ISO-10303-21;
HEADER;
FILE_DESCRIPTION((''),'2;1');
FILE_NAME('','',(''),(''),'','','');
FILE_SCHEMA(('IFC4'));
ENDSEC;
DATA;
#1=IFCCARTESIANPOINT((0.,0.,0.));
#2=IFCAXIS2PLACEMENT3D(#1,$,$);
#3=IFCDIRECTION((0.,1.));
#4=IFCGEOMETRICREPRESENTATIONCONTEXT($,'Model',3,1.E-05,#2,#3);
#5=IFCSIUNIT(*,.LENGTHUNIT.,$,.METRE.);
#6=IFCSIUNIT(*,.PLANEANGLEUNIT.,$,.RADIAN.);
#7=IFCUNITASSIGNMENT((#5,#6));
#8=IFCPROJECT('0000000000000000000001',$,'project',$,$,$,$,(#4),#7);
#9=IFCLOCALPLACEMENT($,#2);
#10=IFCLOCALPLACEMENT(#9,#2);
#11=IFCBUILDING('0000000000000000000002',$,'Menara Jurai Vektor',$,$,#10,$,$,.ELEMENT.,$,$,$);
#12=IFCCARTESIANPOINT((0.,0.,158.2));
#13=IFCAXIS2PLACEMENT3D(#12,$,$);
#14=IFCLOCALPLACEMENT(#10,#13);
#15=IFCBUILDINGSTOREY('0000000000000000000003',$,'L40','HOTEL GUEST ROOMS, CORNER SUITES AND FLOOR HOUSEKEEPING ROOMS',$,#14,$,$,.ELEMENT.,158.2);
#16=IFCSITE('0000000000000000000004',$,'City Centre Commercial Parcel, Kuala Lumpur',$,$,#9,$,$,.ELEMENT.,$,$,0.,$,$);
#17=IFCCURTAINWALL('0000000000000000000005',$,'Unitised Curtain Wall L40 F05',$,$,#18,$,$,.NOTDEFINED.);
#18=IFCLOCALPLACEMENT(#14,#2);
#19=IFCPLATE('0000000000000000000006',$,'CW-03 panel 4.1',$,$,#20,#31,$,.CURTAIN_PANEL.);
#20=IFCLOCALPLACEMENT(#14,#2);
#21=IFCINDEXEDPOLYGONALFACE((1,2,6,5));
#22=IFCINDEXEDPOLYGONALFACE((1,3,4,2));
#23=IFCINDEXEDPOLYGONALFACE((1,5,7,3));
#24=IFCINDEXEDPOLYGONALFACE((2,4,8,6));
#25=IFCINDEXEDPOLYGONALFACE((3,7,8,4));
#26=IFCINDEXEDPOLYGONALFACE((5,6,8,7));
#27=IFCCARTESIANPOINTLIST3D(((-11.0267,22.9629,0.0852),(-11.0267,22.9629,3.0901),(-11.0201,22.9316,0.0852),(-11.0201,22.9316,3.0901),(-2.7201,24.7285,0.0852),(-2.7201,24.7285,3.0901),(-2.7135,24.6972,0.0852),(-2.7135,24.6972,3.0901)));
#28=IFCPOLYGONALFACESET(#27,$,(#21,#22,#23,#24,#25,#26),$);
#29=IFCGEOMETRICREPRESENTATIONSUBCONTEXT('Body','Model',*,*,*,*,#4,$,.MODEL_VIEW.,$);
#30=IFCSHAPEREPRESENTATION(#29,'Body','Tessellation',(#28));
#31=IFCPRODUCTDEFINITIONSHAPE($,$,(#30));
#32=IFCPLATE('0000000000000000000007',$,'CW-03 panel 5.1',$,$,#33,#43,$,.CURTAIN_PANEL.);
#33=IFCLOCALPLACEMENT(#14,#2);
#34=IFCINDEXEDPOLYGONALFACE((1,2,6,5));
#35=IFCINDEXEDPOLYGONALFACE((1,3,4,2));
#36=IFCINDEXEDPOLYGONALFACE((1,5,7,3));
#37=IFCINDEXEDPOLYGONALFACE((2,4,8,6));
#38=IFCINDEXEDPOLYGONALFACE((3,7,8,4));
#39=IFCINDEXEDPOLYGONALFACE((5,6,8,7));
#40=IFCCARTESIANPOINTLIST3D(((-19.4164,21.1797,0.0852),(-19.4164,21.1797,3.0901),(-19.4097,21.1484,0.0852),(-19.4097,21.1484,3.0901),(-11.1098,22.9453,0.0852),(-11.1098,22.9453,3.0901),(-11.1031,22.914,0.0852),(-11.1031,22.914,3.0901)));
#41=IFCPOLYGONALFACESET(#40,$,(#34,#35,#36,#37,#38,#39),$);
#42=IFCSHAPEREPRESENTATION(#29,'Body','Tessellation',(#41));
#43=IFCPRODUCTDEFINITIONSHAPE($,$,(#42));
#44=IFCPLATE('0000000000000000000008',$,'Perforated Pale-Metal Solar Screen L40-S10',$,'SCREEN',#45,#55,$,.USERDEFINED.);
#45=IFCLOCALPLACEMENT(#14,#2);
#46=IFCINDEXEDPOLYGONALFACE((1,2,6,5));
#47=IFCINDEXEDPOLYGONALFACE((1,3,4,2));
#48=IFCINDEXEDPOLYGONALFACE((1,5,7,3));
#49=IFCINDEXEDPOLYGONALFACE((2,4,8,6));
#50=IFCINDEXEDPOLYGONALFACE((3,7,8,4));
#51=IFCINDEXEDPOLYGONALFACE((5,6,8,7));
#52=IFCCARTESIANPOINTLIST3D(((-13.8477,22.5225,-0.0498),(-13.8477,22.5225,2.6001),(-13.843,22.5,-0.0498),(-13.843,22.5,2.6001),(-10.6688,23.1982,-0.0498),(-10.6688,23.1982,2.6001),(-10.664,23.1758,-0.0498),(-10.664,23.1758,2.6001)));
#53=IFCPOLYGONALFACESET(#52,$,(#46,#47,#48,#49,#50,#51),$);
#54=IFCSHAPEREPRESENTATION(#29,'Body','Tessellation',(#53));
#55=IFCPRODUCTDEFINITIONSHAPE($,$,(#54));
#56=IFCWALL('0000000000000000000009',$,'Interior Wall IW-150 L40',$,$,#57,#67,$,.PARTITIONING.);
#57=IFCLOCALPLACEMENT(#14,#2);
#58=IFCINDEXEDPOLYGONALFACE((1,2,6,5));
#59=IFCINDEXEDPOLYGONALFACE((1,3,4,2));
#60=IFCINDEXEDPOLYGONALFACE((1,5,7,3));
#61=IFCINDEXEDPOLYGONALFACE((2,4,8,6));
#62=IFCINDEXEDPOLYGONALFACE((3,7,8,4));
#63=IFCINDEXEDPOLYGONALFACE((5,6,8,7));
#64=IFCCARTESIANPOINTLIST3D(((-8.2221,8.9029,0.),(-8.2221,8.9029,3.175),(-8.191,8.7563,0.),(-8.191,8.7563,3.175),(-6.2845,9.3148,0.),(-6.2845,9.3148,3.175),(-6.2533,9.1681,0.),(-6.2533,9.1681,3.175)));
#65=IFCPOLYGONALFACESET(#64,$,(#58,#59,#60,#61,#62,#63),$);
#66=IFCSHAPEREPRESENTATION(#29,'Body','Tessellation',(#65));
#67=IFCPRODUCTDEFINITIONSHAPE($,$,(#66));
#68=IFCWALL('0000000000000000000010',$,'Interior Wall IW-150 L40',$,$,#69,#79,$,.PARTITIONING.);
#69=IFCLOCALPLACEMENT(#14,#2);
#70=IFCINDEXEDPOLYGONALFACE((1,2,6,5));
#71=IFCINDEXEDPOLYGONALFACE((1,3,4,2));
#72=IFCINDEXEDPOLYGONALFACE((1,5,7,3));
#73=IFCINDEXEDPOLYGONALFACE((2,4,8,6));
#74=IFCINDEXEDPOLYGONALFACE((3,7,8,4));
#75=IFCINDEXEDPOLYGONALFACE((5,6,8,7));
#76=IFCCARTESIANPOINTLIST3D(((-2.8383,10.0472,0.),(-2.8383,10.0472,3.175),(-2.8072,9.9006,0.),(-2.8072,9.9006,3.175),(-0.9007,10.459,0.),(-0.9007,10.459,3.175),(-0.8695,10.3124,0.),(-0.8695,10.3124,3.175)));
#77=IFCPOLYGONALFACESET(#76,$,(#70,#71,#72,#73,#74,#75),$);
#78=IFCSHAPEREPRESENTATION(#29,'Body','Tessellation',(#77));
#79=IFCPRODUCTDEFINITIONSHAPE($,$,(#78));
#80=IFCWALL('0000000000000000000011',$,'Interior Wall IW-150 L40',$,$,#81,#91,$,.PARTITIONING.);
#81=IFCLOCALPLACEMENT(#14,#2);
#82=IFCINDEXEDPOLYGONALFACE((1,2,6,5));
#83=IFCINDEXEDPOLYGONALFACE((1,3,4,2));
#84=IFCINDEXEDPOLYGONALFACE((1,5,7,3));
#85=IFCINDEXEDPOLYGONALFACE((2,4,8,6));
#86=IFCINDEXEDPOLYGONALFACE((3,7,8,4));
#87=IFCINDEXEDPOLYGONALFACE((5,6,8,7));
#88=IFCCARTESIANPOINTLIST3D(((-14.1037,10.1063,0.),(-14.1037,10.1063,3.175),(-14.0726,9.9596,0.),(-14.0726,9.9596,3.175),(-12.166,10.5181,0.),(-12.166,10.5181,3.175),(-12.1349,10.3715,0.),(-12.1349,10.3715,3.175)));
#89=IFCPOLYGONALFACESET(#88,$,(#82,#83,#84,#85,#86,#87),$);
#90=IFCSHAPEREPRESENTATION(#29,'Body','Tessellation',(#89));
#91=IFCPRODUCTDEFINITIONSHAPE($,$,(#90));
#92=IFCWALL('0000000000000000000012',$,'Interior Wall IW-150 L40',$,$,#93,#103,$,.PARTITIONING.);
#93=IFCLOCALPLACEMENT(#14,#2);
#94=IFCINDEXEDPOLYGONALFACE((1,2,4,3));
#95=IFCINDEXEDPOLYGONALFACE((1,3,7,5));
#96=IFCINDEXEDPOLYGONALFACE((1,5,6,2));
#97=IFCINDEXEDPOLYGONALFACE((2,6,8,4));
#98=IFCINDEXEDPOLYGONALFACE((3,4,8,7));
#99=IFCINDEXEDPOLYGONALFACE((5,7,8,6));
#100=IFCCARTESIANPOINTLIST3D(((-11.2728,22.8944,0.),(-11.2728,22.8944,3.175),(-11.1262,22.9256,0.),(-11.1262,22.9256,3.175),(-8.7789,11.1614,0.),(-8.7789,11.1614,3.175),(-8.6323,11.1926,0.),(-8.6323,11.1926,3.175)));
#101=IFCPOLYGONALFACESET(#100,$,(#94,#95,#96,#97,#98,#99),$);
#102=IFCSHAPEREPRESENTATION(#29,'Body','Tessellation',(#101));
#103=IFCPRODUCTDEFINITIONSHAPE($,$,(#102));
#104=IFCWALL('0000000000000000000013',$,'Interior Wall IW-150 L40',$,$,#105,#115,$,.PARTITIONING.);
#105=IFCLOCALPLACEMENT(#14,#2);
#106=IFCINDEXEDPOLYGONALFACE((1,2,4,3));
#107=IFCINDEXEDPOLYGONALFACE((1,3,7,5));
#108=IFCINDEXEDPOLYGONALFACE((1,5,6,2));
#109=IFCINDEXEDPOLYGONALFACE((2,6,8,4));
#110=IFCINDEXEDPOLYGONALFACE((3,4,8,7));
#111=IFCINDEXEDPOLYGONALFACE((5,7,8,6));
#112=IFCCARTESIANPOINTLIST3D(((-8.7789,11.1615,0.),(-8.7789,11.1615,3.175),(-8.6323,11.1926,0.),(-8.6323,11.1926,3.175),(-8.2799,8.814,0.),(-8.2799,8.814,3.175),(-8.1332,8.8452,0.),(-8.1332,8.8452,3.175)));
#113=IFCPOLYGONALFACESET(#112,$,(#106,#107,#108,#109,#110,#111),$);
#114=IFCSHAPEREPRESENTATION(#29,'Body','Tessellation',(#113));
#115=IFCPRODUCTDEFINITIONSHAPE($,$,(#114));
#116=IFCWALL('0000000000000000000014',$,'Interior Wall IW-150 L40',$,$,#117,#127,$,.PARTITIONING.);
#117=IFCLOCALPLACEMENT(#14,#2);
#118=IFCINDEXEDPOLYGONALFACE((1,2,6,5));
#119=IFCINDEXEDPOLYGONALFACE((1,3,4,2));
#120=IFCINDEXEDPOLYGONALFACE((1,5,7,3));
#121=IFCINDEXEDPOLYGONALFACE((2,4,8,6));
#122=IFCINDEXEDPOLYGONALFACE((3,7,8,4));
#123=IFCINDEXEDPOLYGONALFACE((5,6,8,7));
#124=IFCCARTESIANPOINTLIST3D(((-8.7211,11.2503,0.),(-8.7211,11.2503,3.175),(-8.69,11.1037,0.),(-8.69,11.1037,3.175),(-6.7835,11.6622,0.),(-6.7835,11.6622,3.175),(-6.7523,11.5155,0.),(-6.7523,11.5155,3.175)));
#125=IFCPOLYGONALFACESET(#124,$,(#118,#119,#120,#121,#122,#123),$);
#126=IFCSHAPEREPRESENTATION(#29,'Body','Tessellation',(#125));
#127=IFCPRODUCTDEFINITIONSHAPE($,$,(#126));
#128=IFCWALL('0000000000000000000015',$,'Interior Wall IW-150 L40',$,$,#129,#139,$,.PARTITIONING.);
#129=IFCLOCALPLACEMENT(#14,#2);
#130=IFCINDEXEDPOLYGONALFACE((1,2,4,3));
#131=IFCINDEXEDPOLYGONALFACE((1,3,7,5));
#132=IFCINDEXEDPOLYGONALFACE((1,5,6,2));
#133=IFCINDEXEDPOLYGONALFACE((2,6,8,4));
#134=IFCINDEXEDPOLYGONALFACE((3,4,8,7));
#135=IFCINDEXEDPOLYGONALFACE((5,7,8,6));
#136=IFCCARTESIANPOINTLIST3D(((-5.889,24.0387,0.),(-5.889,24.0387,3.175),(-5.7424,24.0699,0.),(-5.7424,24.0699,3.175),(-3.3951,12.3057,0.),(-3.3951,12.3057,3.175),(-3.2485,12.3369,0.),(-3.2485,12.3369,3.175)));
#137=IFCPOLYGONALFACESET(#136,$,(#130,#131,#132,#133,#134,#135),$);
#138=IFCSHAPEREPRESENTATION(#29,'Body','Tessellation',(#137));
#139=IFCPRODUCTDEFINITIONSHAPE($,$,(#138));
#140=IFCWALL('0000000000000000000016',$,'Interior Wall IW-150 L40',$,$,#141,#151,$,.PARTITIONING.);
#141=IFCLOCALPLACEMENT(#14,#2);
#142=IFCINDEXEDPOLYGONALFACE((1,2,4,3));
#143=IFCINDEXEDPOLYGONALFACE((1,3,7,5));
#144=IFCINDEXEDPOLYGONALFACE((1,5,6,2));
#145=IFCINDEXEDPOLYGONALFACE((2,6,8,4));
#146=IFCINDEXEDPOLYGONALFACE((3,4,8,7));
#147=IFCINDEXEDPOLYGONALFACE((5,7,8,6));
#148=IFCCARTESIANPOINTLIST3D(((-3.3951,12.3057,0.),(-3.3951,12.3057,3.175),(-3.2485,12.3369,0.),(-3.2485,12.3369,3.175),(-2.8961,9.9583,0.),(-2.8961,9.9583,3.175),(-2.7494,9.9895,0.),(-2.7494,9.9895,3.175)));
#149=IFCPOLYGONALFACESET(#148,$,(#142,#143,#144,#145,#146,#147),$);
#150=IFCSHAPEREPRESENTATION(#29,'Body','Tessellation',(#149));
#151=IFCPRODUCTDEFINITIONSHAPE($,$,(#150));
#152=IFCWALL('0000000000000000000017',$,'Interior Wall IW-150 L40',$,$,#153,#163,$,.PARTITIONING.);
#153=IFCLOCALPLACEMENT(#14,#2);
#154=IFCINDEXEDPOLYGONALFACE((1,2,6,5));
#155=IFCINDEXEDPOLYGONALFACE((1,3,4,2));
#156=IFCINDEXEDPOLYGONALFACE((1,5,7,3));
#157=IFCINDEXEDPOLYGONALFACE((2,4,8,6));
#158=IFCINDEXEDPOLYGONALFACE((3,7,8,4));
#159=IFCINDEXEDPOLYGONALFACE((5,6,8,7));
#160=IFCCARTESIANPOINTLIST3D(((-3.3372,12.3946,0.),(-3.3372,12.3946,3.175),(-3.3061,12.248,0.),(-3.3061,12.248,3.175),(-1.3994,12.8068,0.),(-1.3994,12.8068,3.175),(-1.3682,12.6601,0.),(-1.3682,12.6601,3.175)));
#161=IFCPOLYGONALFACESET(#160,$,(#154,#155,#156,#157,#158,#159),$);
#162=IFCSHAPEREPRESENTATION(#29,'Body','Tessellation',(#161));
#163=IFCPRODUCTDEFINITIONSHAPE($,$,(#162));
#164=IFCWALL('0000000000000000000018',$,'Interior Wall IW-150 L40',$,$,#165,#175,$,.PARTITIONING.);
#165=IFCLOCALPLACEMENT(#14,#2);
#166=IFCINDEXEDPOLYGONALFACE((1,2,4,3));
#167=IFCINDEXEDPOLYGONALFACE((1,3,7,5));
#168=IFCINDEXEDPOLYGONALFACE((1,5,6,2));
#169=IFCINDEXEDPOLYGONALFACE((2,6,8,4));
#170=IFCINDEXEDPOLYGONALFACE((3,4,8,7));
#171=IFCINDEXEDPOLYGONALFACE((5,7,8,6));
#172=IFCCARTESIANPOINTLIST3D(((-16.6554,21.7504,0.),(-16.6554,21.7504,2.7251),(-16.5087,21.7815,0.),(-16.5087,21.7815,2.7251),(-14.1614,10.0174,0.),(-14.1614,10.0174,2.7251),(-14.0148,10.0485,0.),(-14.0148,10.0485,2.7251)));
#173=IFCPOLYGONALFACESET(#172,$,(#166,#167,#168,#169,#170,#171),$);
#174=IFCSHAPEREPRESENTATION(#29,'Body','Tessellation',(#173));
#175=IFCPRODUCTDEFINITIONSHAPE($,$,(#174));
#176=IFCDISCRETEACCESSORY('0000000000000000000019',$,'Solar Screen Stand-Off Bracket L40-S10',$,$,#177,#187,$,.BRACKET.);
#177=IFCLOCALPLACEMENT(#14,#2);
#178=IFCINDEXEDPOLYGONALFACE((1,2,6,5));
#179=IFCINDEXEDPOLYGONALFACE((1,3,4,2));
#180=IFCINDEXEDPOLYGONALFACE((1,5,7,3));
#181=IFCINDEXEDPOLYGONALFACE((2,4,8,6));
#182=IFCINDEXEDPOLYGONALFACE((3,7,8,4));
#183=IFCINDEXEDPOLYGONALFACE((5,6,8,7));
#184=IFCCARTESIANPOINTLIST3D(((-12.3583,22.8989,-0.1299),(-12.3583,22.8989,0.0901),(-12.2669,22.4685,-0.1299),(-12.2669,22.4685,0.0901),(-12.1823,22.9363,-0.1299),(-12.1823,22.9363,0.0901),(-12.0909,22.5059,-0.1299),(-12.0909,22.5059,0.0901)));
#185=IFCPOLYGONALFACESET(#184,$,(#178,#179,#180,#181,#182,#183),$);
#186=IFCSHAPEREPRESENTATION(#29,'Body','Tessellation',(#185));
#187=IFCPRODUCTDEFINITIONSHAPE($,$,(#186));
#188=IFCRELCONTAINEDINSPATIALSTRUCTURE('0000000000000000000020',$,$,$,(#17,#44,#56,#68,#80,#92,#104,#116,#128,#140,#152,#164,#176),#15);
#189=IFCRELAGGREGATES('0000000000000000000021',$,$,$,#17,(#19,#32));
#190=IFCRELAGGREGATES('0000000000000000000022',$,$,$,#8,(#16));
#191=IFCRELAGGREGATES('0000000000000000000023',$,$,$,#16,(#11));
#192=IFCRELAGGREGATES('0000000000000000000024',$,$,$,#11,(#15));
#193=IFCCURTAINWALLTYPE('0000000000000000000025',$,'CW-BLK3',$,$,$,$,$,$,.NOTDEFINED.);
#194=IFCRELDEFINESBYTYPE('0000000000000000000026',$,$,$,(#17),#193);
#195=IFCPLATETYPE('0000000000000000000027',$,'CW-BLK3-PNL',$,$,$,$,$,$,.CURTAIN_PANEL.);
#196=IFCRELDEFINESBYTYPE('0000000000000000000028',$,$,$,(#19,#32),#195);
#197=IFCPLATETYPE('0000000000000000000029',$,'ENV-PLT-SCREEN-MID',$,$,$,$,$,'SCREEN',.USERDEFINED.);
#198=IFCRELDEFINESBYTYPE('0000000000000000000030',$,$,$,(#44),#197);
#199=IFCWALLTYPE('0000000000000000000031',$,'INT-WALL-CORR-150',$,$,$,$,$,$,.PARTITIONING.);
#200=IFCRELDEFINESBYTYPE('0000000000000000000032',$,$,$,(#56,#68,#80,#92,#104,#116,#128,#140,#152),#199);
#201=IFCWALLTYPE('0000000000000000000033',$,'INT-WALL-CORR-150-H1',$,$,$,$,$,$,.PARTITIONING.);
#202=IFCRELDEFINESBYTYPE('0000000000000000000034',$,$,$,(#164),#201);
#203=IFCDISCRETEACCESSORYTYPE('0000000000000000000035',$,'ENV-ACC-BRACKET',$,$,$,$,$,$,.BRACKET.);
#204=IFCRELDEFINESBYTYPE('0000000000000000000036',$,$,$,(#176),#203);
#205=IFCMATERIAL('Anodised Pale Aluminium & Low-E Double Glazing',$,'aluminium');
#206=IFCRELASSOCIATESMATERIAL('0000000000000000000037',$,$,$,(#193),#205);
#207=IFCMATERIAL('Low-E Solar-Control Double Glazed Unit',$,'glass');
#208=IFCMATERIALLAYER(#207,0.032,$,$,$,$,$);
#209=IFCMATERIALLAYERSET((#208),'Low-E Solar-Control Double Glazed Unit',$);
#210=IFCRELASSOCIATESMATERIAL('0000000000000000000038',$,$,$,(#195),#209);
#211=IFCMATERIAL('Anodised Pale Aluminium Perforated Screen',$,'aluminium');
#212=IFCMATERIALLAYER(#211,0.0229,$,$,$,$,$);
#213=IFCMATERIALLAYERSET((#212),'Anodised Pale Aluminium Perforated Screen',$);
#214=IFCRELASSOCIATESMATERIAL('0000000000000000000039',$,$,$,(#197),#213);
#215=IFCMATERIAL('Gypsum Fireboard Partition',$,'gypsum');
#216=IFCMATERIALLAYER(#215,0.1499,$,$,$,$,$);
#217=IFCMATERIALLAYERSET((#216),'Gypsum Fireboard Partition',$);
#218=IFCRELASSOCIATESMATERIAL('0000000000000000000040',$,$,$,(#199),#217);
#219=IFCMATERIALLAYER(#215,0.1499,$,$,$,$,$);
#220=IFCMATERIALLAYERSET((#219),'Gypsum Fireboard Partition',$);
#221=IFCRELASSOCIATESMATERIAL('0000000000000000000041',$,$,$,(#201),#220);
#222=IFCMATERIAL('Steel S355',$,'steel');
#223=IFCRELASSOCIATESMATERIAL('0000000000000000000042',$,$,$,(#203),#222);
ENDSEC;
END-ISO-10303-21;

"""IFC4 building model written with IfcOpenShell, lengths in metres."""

from ifc_helpers import new_model, si_unit, direction, frame, frame_2d, origin, origin_2d, place, context, subcontext, project, spatial, rectangle, extrude, material, layer, layer_set, type_object, element, aggregate, save


model = new_model("IFC4")

# Units and contexts
model_context = context("Model", 3, precision=1e-05, world=origin(), true_north=direction((0.0, 1.0)))
body_context = subcontext(model_context, "Body", "Model", "MODEL_VIEW")
ifc_project = project(units=[si_unit("LENGTHUNIT", "METRE"), si_unit("PLANEANGLEUNIT", "RADIAN")], contexts=[model_context])

# Site, building, storey
site_placement = place(None, origin())
site = spatial("IfcSite", under=ifc_project, at=site_placement, Name="City Centre Commercial Parcel, Kuala Lumpur", CompositionType="ELEMENT", RefElevation=0.0)
building_placement = place(site_placement, origin())
building = spatial("IfcBuilding", under=site, at=building_placement, Name="Menara Jurai Vektor", CompositionType="ELEMENT")
storey_placement = place(building_placement, frame((0.0, 0.0, 158.2)))
storey = spatial("IfcBuildingStorey", under=building, at=storey_placement, Name="L40", Description="HOTEL GUEST ROOMS, CORNER SUITES AND FLOOR HOUSEKEEPING ROOMS", CompositionType="ELEMENT", Elevation=158.2)

# Curtain wall
ifc_material_1 = material(Name="Anodised Pale Aluminium & Low-E Double Glazing", Category="aluminium")
curtain_wall_type = type_object("IfcCurtainWallType", Name="CW-BLK3", PredefinedType="NOTDEFINED", material=ifc_material_1)
curtain_wall_placement = place(storey_placement, origin())
curtain_wall = element("IfcCurtainWall", 1, at=curtain_wall_placement, inside=storey, type_object=curtain_wall_type, Name="Unitised Curtain Wall L40 F05", PredefinedType="NOTDEFINED")

# Shared definitions
ifc_material_2 = material(Name="Steel S355", Category="steel")

# Plates
ifc_material_3 = material(Name="Low-E Solar-Control Double Glazed Unit", Category="glass")
ifc_layer_1 = layer(ifc_material_3, 0.032)
ifc_layer_set_1 = layer_set([ifc_layer_1], Name="Low-E Solar-Control Double Glazed Unit")
plate_type_1 = type_object("IfcPlateType", Name="CW-BLK3-PNL", PredefinedType="CURTAIN_PANEL", material=ifc_layer_set_1)
plate_1_placement = place(storey_placement, frame((-6.8701, 23.8301, 0.0852), z_axis=(0.0, 0.0, 1.0), x_axis=(-0.978148, -0.207911, 0.0)))
plate_1 = element("IfcPlate", 2, at=plate_1_placement, type_object=plate_type_1, Name="CW-03 panel 4.1", PredefinedType="CURTAIN_PANEL", context=body_context, shape_type="SweptSolid", body=[
    extrude(rectangle(XDim=8.4922, YDim=0.032, at=origin_2d()), origin(), (0.0, 0.0, 1.0), 3.0049),
])
plate_2_placement = place(storey_placement, frame((-15.2598, 22.0469, 0.0852), z_axis=(0.0, 0.0, 1.0), x_axis=(-0.978148, -0.207911, 0.0)))
plate_2 = element("IfcPlate", 3, at=plate_2_placement, type_object=plate_type_1, Name="CW-03 panel 5.1", PredefinedType="CURTAIN_PANEL", context=body_context, shape_type="SweptSolid", body=[
    extrude(rectangle(XDim=8.4922, YDim=0.032, at=origin_2d()), origin(), (0.0, 0.0, 1.0), 3.0049),
])
aggregate(curtain_wall, [plate_1, plate_2])
ifc_material_4 = material(Name="Anodised Pale Aluminium Perforated Screen", Category="aluminium")
ifc_layer_2 = layer(ifc_material_4, 0.0229)
ifc_layer_set_2 = layer_set([ifc_layer_2], Name="Anodised Pale Aluminium Perforated Screen")
plate_type_2 = type_object("IfcPlateType", Name="ENV-PLT-SCREEN-MID", ElementType="SCREEN", PredefinedType="USERDEFINED", material=ifc_layer_set_2)
plate_3_placement = place(storey_placement, frame((-12.2559, 22.8491, -0.0498), z_axis=(0.0, 0.0, 1.0), x_axis=(-0.978148, -0.207912, 0.0)))
element("IfcPlate", 4, at=plate_3_placement, inside=storey, type_object=plate_type_2, Name="Perforated Pale-Metal Solar Screen L40-S10", ObjectType="SCREEN", PredefinedType="USERDEFINED", context=body_context, shape_type="SweptSolid", body=[
    extrude(rectangle(XDim=3.25, YDim=0.0229, at=origin_2d()), origin(), (0.0, 0.0, 1.0), 2.6499),
])

# Shared definitions
ifc_material_5 = material(Name="Gypsum Fireboard Partition", Category="gypsum")
ifc_layer_3 = layer(ifc_material_5, 0.1499)
ifc_layer_set_3 = layer_set([ifc_layer_3], Name="Gypsum Fireboard Partition")
wall_type_1 = type_object("IfcWallType", Name="INT-WALL-CORR-150", PredefinedType="PARTITIONING", material=ifc_layer_set_3)

# Walls
for number, where, z_axis, x_axis, name in (
    (5, (-8.2065, 8.8296, 0.0), (0.0, 0.0, 1.0), (0.978149, 0.207904, 0.0), "Interior Wall IW-150 L40"),
    (6, (-2.8228, 9.9739, 0.0), (0.0, 0.0, 1.0), (0.978149, 0.207904, 0.0), "Interior Wall IW-150 L40"),
    (7, (-14.0881, 10.033, 0.0), (0.0, 0.0, 1.0), (0.978149, 0.207904, 0.0), "Interior Wall IW-150 L40"),
):
    element("IfcWall", number, at=place(storey_placement, frame(where, z_axis=z_axis, x_axis=x_axis)), inside=storey, type_object=wall_type_1, Name=name, PredefinedType="PARTITIONING", context=body_context, shape_type="SweptSolid", body=[
        extrude(rectangle(XDim=1.981, YDim=0.1499, at=frame_2d((0.9905, 0.0))), origin(), (0.0, 0.0, 1.0), 3.175),
    ])

# Walls
wall_1_placement = place(storey_placement, frame((-8.7056, 11.177, 0.0), z_axis=(0.0, 0.0, 1.0), x_axis=(-0.207911, 0.978148, 0.0)))
element("IfcWall", 8, at=wall_1_placement, inside=storey, type_object=wall_type_1, Name="Interior Wall IW-150 L40", PredefinedType="PARTITIONING", context=body_context, shape_type="SweptSolid", body=[
    extrude(rectangle(XDim=11.9951, YDim=0.1499, at=frame_2d((5.9976, 0.0))), origin(), (0.0, 0.0, 1.0), 3.175),
])
wall_2_placement = place(storey_placement, frame((-8.2065, 8.8296, 0.0), z_axis=(0.0, 0.0, 1.0), x_axis=(-0.207938, 0.978142, 0.0)))
element("IfcWall", 9, at=wall_2_placement, inside=storey, type_object=wall_type_1, Name="Interior Wall IW-150 L40", PredefinedType="PARTITIONING", context=body_context, shape_type="SweptSolid", body=[
    extrude(rectangle(XDim=2.3999, YDim=0.1499, at=frame_2d((1.2, 0.0))), origin(), (0.0, 0.0, 1.0), 3.175),
])
wall_3_placement = place(storey_placement, frame((-8.7056, 11.177, 0.0), z_axis=(0.0, 0.0, 1.0), x_axis=(0.978149, 0.207904, 0.0)))
element("IfcWall", 10, at=wall_3_placement, inside=storey, type_object=wall_type_1, Name="Interior Wall IW-150 L40", PredefinedType="PARTITIONING", context=body_context, shape_type="SweptSolid", body=[
    extrude(rectangle(XDim=1.981, YDim=0.1499, at=frame_2d((0.9905, 0.0))), origin(), (0.0, 0.0, 1.0), 3.175),
])

# Walls
wall_4_placement = place(storey_placement, frame((-3.3218, 12.3213, 0.0), z_axis=(0.0, 0.0, 1.0), x_axis=(-0.207911, 0.978148, 0.0)))
element("IfcWall", 11, at=wall_4_placement, inside=storey, type_object=wall_type_1, Name="Interior Wall IW-150 L40", PredefinedType="PARTITIONING", context=body_context, shape_type="SweptSolid", body=[
    extrude(rectangle(XDim=11.9951, YDim=0.1499, at=frame_2d((5.9976, 0.0))), origin(), (0.0, 0.0, 1.0), 3.175),
])
wall_5_placement = place(storey_placement, frame((-2.8228, 9.9739, 0.0), z_axis=(0.0, 0.0, 1.0), x_axis=(-0.207938, 0.978142, 0.0)))
element("IfcWall", 12, at=wall_5_placement, inside=storey, type_object=wall_type_1, Name="Interior Wall IW-150 L40", PredefinedType="PARTITIONING", context=body_context, shape_type="SweptSolid", body=[
    extrude(rectangle(XDim=2.3999, YDim=0.1499, at=frame_2d((1.2, 0.0))), origin(), (0.0, 0.0, 1.0), 3.175),
])
wall_6_placement = place(storey_placement, frame((-3.3218, 12.3213, 0.0), z_axis=(0.0, 0.0, 1.0), x_axis=(0.978124, 0.208022, 0.0)))
element("IfcWall", 13, at=wall_6_placement, inside=storey, type_object=wall_type_1, Name="Interior Wall IW-150 L40", PredefinedType="PARTITIONING", context=body_context, shape_type="SweptSolid", body=[
    extrude(rectangle(XDim=1.9812, YDim=0.1499, at=frame_2d((0.9907, 0.0))), origin(), (0.0, 0.0, 1.0), 3.175),
])
ifc_layer_4 = layer(ifc_material_5, 0.1499)
ifc_layer_set_4 = layer_set([ifc_layer_4], Name="Gypsum Fireboard Partition")
wall_type_2 = type_object("IfcWallType", Name="INT-WALL-CORR-150-H1", PredefinedType="PARTITIONING", material=ifc_layer_set_4)
wall_7_placement = place(storey_placement, frame((-14.0881, 10.033, 0.0), z_axis=(0.0, 0.0, 1.0), x_axis=(-0.207911, 0.978148, 0.0)))
element("IfcWall", 14, at=wall_7_placement, inside=storey, type_object=wall_type_2, Name="Interior Wall IW-150 L40", PredefinedType="PARTITIONING", context=body_context, shape_type="SweptSolid", body=[
    extrude(rectangle(XDim=11.9951, YDim=0.1499, at=frame_2d((5.9976, 0.0))), origin(), (0.0, 0.0, 1.0), 2.7251),
])

# Discrete accessory
discrete_accessory_type = type_object("IfcDiscreteAccessoryType", Name="ENV-ACC-BRACKET", PredefinedType="BRACKET", material=ifc_material_2)
discrete_accessory_placement = place(storey_placement, frame((-12.2246, 22.7024, -0.1299), z_axis=(0.0, 0.0, 1.0), x_axis=(-0.978148, -0.207912, 0.0)))
element("IfcDiscreteAccessory", 15, at=discrete_accessory_placement, inside=storey, type_object=discrete_accessory_type, Name="Solar Screen Stand-Off Bracket L40-S10", PredefinedType="BRACKET", context=body_context, shape_type="SweptSolid", body=[
    extrude(rectangle(XDim=0.1799, YDim=0.4399, at=origin_2d()), origin(), (0.0, 0.0, 1.0), 0.22),
])

save(model, "model.ifc")
